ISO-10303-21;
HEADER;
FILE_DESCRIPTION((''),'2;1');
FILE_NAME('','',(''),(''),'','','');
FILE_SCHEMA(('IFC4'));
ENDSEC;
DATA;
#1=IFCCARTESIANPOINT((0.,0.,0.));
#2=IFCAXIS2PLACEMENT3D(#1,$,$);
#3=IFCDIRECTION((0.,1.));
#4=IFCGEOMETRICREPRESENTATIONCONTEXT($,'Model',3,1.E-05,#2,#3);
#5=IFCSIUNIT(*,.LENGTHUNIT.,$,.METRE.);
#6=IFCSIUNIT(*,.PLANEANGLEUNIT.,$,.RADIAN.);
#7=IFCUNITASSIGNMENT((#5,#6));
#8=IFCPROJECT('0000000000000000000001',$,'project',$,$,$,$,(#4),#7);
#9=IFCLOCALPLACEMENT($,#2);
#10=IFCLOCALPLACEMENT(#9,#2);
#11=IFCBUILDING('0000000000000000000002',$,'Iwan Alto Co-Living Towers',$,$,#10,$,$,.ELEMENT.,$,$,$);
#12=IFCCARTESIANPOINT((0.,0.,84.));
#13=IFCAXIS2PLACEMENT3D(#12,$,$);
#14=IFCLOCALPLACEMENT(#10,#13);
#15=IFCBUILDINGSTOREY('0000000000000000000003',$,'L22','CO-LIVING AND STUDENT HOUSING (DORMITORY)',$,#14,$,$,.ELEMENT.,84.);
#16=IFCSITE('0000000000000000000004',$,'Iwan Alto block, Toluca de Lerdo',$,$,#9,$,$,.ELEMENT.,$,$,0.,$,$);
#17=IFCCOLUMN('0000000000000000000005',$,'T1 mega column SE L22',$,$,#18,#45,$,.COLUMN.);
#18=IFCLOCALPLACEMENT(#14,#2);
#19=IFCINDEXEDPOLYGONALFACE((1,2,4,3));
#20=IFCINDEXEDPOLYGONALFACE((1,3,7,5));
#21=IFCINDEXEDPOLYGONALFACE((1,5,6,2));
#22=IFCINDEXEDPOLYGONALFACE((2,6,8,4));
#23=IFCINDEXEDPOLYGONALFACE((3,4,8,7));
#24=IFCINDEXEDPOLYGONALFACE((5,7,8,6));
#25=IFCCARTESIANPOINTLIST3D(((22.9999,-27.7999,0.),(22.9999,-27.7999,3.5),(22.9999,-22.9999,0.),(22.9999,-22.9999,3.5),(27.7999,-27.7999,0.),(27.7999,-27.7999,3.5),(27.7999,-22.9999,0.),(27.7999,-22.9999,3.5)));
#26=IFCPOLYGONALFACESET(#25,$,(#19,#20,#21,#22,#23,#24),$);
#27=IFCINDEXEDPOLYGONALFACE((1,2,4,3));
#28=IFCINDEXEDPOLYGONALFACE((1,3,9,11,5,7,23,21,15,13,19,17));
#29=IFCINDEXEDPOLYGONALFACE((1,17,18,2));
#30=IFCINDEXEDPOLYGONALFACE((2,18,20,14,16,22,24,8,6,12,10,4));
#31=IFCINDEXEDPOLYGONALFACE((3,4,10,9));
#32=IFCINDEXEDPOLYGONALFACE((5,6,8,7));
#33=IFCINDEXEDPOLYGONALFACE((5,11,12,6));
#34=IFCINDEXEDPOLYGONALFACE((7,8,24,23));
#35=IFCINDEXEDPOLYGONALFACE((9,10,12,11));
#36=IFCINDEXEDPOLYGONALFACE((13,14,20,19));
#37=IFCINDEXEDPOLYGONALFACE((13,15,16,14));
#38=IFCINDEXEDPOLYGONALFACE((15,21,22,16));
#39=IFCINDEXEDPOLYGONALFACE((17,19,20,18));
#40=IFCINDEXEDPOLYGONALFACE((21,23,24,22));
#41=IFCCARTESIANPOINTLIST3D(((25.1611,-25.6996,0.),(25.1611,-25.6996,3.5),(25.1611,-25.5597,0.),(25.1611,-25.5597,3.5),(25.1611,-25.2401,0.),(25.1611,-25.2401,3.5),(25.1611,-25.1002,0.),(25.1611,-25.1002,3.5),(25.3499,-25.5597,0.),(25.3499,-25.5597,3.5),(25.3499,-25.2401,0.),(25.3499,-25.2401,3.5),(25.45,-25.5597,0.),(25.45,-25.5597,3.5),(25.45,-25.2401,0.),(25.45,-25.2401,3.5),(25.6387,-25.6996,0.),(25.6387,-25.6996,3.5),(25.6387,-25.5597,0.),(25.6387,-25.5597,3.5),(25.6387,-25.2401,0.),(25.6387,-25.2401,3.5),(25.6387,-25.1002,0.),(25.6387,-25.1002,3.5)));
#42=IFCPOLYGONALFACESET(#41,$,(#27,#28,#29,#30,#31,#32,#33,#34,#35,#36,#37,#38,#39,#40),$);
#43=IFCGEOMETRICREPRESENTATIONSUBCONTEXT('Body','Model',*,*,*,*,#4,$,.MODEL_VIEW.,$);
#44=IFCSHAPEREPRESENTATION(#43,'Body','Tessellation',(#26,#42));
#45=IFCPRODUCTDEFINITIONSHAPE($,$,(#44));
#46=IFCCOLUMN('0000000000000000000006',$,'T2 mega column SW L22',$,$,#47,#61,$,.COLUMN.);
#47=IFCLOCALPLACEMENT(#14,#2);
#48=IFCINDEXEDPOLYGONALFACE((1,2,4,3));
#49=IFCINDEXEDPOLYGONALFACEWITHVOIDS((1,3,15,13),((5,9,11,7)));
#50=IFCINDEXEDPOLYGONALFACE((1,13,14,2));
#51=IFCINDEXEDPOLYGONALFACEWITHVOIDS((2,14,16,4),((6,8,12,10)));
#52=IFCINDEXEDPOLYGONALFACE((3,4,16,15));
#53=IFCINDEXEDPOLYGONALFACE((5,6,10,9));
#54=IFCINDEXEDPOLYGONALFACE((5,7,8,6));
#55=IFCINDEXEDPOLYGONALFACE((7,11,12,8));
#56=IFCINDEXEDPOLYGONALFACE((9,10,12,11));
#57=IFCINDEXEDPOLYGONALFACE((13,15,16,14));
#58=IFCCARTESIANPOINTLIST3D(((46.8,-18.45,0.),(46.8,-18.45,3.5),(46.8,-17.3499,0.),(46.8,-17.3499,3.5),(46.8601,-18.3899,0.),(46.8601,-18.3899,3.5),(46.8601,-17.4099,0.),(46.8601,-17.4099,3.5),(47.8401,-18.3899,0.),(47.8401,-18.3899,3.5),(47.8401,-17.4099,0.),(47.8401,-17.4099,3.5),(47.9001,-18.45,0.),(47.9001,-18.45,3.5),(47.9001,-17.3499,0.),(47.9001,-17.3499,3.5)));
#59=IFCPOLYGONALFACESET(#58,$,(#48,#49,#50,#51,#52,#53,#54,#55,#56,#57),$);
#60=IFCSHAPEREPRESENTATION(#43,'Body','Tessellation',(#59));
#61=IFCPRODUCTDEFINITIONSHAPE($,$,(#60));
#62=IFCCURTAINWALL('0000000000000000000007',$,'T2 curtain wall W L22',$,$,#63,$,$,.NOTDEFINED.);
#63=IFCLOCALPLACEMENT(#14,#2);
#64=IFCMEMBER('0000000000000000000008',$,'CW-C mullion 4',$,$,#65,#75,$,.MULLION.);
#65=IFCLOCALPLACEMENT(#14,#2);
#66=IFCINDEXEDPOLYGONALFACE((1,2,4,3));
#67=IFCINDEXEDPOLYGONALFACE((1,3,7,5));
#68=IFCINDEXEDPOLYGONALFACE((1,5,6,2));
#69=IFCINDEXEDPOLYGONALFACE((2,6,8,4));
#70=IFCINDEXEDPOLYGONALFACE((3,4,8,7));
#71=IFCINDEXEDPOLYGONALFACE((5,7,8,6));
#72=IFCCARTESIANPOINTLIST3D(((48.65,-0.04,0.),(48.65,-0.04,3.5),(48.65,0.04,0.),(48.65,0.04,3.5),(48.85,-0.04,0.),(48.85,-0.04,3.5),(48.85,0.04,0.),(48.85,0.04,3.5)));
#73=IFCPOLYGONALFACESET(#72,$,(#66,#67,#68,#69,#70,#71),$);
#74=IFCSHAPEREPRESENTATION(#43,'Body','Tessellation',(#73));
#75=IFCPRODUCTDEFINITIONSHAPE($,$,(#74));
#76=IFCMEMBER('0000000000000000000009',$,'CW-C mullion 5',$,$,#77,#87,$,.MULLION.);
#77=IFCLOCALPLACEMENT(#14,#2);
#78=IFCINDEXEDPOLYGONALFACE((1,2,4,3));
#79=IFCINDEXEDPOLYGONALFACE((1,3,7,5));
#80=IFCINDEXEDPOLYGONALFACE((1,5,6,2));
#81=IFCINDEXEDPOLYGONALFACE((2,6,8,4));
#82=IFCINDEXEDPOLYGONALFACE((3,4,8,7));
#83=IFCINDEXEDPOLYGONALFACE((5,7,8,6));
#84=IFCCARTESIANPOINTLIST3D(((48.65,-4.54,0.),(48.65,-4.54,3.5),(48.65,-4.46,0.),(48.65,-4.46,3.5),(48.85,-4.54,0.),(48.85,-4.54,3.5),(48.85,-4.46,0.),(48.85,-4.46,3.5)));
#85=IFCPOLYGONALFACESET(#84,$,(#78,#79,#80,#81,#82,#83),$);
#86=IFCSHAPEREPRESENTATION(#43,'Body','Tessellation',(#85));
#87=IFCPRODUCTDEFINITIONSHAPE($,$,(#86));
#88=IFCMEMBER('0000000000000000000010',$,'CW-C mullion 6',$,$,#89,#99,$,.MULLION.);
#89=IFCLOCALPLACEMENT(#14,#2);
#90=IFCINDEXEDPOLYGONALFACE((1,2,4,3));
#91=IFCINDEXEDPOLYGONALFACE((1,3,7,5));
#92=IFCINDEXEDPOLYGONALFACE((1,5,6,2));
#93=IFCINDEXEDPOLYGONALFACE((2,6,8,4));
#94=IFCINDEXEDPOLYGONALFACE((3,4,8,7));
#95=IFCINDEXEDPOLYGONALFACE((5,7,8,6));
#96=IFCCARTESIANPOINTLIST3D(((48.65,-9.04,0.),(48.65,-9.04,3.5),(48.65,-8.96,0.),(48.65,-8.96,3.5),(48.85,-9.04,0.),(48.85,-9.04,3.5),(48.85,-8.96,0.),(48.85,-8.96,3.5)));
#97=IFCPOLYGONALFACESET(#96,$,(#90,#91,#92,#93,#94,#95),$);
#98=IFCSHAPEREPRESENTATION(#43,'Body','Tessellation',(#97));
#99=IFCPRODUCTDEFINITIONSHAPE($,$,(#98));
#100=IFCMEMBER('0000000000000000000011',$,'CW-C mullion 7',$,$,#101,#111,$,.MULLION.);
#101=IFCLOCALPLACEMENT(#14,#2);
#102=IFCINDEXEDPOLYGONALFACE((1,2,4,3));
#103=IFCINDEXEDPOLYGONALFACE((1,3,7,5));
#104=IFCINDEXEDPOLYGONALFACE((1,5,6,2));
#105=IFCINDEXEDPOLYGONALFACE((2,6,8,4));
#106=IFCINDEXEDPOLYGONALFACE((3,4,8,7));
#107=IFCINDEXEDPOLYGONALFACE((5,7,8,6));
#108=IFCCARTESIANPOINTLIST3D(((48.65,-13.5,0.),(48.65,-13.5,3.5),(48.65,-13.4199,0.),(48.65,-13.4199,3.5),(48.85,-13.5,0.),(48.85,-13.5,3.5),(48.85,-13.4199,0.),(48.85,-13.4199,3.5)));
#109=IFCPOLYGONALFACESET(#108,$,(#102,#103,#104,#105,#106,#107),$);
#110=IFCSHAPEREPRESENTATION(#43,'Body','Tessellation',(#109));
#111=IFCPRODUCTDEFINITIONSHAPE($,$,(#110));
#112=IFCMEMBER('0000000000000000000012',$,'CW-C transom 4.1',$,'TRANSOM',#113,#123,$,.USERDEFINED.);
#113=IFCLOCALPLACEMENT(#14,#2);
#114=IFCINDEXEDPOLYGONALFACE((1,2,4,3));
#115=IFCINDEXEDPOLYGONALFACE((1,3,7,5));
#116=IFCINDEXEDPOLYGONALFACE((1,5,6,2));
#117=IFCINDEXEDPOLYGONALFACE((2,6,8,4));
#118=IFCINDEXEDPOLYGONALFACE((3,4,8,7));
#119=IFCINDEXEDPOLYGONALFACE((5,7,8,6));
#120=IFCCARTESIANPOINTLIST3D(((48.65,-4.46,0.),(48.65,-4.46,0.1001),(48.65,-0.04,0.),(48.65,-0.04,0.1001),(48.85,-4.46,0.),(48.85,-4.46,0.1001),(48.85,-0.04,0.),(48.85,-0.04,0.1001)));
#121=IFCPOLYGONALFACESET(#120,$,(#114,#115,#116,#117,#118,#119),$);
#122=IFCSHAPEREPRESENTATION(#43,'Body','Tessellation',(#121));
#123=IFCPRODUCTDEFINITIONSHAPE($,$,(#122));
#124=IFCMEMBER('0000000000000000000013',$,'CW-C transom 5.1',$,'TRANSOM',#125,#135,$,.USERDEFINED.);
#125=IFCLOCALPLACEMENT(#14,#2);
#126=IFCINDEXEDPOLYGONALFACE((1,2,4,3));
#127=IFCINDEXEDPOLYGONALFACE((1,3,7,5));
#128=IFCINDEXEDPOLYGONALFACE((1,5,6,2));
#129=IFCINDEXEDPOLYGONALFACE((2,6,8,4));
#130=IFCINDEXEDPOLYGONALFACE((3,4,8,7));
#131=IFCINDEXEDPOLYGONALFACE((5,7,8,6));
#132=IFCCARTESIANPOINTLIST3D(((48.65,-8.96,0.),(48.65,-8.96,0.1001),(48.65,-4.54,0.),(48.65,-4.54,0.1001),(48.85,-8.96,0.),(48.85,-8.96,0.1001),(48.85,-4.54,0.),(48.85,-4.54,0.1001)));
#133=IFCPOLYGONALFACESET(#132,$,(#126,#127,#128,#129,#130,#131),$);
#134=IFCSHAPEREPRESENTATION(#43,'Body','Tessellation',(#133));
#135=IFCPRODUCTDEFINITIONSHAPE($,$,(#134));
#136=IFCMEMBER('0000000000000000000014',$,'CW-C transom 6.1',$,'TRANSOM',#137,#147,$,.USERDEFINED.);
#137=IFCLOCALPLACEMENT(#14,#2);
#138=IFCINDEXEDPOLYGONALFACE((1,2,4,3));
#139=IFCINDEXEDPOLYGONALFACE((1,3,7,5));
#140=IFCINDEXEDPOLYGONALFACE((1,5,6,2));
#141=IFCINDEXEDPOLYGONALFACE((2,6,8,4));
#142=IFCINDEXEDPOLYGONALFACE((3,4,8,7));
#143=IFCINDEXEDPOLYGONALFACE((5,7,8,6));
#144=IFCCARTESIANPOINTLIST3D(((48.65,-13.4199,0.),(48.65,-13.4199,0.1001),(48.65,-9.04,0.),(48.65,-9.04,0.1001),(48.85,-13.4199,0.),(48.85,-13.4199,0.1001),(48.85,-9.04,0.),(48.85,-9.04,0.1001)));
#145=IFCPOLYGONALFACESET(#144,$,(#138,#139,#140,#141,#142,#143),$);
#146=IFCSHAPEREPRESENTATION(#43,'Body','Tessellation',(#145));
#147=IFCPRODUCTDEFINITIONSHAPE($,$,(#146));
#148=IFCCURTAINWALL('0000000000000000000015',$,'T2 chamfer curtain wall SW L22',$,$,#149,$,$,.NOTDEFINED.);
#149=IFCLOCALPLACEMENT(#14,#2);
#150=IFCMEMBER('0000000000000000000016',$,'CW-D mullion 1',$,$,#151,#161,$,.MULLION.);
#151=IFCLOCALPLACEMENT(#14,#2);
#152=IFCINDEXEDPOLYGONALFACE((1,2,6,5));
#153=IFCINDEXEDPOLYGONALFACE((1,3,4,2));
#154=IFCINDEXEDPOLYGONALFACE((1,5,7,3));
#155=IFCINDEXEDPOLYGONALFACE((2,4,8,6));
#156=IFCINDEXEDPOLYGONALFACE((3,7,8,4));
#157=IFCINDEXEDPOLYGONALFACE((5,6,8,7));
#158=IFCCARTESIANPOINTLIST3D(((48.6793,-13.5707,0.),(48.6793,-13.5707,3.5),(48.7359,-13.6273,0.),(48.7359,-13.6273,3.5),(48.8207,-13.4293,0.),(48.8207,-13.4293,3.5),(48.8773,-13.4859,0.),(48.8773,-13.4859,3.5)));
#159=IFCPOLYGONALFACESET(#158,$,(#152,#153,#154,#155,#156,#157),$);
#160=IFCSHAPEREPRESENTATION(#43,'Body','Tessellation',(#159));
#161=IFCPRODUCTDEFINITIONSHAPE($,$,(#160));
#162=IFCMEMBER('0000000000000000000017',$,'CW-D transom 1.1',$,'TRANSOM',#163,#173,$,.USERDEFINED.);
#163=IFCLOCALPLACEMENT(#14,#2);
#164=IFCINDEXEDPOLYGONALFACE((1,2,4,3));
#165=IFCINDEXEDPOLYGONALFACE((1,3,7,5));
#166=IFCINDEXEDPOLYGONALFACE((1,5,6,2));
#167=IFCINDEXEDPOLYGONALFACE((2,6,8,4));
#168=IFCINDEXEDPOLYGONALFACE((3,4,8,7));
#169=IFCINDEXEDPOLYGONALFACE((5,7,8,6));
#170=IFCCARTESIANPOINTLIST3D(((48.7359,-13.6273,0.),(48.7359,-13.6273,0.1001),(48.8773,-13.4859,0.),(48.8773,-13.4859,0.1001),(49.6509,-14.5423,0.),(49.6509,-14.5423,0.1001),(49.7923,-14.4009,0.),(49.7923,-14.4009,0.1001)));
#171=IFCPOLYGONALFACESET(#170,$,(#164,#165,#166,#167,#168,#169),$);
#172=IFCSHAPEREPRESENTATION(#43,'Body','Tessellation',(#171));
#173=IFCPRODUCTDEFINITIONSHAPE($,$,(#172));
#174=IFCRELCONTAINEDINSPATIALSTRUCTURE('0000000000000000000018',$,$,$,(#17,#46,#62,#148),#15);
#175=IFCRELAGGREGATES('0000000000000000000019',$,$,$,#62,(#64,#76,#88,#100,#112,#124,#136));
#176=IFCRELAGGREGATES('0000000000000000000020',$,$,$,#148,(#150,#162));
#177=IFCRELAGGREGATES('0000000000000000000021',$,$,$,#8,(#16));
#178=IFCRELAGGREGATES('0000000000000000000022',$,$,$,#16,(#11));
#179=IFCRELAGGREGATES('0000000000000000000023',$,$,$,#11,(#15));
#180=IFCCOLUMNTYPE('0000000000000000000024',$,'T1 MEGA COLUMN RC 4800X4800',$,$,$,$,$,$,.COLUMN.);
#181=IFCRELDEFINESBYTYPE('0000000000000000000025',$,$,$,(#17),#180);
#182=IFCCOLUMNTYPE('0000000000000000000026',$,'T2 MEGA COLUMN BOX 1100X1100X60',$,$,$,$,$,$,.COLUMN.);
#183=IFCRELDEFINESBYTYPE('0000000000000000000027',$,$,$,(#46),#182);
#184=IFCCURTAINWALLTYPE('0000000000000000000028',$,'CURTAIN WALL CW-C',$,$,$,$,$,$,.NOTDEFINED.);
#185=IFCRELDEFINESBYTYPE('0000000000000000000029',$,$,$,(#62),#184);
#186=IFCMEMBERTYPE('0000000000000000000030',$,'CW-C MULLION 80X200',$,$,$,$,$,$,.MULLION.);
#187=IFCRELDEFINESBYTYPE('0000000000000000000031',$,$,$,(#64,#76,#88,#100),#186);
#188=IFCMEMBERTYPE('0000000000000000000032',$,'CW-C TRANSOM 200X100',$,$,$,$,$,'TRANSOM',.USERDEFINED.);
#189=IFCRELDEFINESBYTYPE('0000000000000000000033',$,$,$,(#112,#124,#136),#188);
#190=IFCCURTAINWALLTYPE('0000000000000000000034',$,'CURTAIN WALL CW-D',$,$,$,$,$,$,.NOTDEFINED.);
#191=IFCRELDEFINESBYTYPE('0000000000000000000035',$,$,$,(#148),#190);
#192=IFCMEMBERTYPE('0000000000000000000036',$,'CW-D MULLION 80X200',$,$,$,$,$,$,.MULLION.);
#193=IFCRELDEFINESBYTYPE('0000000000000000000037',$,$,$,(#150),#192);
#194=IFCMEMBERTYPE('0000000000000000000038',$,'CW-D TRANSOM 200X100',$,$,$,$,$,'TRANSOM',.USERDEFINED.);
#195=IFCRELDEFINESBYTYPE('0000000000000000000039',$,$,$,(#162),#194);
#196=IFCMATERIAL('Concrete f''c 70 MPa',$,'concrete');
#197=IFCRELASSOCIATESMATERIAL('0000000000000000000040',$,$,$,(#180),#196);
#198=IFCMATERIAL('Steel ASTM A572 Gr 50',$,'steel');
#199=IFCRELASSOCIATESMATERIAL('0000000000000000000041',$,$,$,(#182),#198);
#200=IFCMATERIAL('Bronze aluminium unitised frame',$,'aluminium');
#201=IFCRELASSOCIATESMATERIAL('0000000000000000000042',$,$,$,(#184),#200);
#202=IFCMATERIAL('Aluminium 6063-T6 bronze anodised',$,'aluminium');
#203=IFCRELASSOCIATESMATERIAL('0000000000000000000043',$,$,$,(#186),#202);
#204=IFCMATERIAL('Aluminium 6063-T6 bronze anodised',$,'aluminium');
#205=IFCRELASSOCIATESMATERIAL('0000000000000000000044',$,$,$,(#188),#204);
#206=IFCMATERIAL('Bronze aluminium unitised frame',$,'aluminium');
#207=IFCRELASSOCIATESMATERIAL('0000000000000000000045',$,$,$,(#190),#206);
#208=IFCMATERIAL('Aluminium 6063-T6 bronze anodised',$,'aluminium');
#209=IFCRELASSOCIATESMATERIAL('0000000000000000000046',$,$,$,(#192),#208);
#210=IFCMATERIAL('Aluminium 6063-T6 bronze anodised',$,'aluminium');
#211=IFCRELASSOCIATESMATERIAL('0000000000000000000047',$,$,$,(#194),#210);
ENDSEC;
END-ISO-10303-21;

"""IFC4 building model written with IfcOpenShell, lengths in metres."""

from ifc_helpers import new_model, si_unit, direction, frame, origin, origin_2d, place, context, subcontext, project, spatial, rectangle, hollow_rectangle, i_section, extrude, material, material_profile, profile_set, type_object, element, aggregate, save


model = new_model("IFC4")

# Units and contexts
model_context = context("Model", 3, precision=1e-05, world=origin(), true_north=direction((0.0, 1.0)))
body_context = subcontext(model_context, "Body", "Model", "MODEL_VIEW")
ifc_project = project(units=[si_unit("LENGTHUNIT", "METRE"), si_unit("PLANEANGLEUNIT", "RADIAN")], contexts=[model_context])

# Site, building, storey
site_placement = place(None, origin())
site = spatial("IfcSite", under=ifc_project, at=site_placement, Name="Iwan Alto block, Toluca de Lerdo", CompositionType="ELEMENT", RefElevation=0.0)
building_placement = place(site_placement, origin())
building = spatial("IfcBuilding", under=site, at=building_placement, Name="Iwan Alto Co-Living Towers", CompositionType="ELEMENT")
storey_placement = place(building_placement, frame((0.0, 0.0, 84.0)))
storey = spatial("IfcBuildingStorey", under=building, at=storey_placement, Name="L22", Description="CO-LIVING AND STUDENT HOUSING (DORMITORY)", CompositionType="ELEMENT", Elevation=84.0)

# Columns
ifc_material_1 = material(Name="Concrete f'c 70 MPa", Category="concrete")
ifc_material_profile_1 = material_profile(ifc_material_1, rectangle(XDim=4.8, YDim=4.8, at=origin_2d()), Name="RC 4800X4800")
ifc_profile_set_1 = profile_set([ifc_material_profile_1], Name="Concrete f'c 70 MPa")
column_type_1 = type_object("IfcColumnType", Name="T1 MEGA COLUMN RC 4800X4800", PredefinedType="COLUMN", material=ifc_profile_set_1)
column_1_placement = place(storey_placement, frame((25.3999, -25.3999, 0.0), z_axis=(0.0, 0.0, 1.0), x_axis=(1.0, 0.0, 0.0)))
element("IfcColumn", 1, at=column_1_placement, inside=storey, type_object=column_type_1, Name="T1 mega column SE L22", PredefinedType="COLUMN", context=body_context, shape_type="SweptSolid", body=[
    extrude(rectangle(XDim=4.8, YDim=4.8, at=origin_2d()), origin(), (0.0, 0.0, 1.0), 3.5),
    extrude(i_section(OverallWidth=0.4775, OverallDepth=0.5994, WebThickness=0.1001, FlangeThickness=0.1399, at=origin_2d()), origin(), (0.0, 0.0, 1.0), 3.5),
])
ifc_material_2 = material(Name="Steel ASTM A572 Gr 50", Category="steel")
ifc_material_profile_2 = material_profile(ifc_material_2, hollow_rectangle(XDim=1.1001, YDim=1.1001, WallThickness=0.0601, at=origin_2d()), Name="BOX 1100X1100X60")
ifc_profile_set_2 = profile_set([ifc_material_profile_2], Name="Steel ASTM A572 Gr 50")
column_type_2 = type_object("IfcColumnType", Name="T2 MEGA COLUMN BOX 1100X1100X60", PredefinedType="COLUMN", material=ifc_profile_set_2)
column_2_placement = place(storey_placement, frame((47.3501, -17.8999, 0.0), z_axis=(0.0, 0.0, 1.0), x_axis=(1.0, 0.0, 0.0)))
element("IfcColumn", 2, at=column_2_placement, inside=storey, type_object=column_type_2, Name="T2 mega column SW L22", PredefinedType="COLUMN", context=body_context, shape_type="SweptSolid", body=[
    extrude(hollow_rectangle(XDim=1.1001, YDim=1.1001, WallThickness=0.0601, at=origin_2d()), origin(), (0.0, 0.0, 1.0), 3.5),
])

# Curtain walls, members
ifc_material_3 = material(Name="Bronze aluminium unitised frame", Category="aluminium")
curtain_wall_type_1 = type_object("IfcCurtainWallType", Name="CURTAIN WALL CW-C", PredefinedType="NOTDEFINED", material=ifc_material_3)
curtain_wall_1_placement = place(storey_placement, origin())
curtain_wall_1 = element("IfcCurtainWall", 3, at=curtain_wall_1_placement, inside=storey, type_object=curtain_wall_type_1, Name="T2 curtain wall W L22", PredefinedType="NOTDEFINED")
ifc_material_4 = material(Name="Aluminium 6063-T6 bronze anodised", Category="aluminium")
ifc_material_profile_3 = material_profile(ifc_material_4, rectangle(XDim=0.2, YDim=0.0801, at=origin_2d()), Name="AL 80X200")
ifc_profile_set_3 = profile_set([ifc_material_profile_3], Name="Aluminium 6063-T6 bronze anodised")
member_type_1 = type_object("IfcMemberType", Name="CW-C MULLION 80X200", PredefinedType="MULLION", material=ifc_profile_set_3)
member_1_placement = place(storey_placement, frame((48.75, 0.0, 0.0), z_axis=(0.0, 0.0, 1.0), x_axis=(1.0, 0.0, 0.0)))
member_1 = element("IfcMember", 4, at=member_1_placement, type_object=member_type_1, Name="CW-C mullion 4", PredefinedType="MULLION", context=body_context, shape_type="SweptSolid", body=[
    extrude(rectangle(XDim=0.2, YDim=0.0801, at=origin_2d()), origin(), (0.0, 0.0, 1.0), 3.5),
])
member_2_placement = place(storey_placement, frame((48.75, -4.5, 0.0), z_axis=(0.0, 0.0, 1.0), x_axis=(1.0, 0.0, 0.0)))
member_2 = element("IfcMember", 5, at=member_2_placement, type_object=member_type_1, Name="CW-C mullion 5", PredefinedType="MULLION", context=body_context, shape_type="SweptSolid", body=[
    extrude(rectangle(XDim=0.2, YDim=0.0801, at=origin_2d()), origin(), (0.0, 0.0, 1.0), 3.5),
])
member_3_placement = place(storey_placement, frame((48.75, -9.0, 0.0), z_axis=(0.0, 0.0, 1.0), x_axis=(1.0, 0.0, 0.0)))
member_3 = element("IfcMember", 6, at=member_3_placement, type_object=member_type_1, Name="CW-C mullion 6", PredefinedType="MULLION", context=body_context, shape_type="SweptSolid", body=[
    extrude(rectangle(XDim=0.2, YDim=0.0801, at=origin_2d()), origin(), (0.0, 0.0, 1.0), 3.5),
])
member_4_placement = place(storey_placement, frame((48.75, -13.46, 0.0), z_axis=(0.0, 0.0, 1.0), x_axis=(1.0, 0.0, 0.0)))
member_4 = element("IfcMember", 7, at=member_4_placement, type_object=member_type_1, Name="CW-C mullion 7", PredefinedType="MULLION", context=body_context, shape_type="SweptSolid", body=[
    extrude(rectangle(XDim=0.2, YDim=0.0801, at=origin_2d()), origin(), (0.0, 0.0, 1.0), 3.5),
])
ifc_material_5 = material(Name="Aluminium 6063-T6 bronze anodised", Category="aluminium")
ifc_material_profile_4 = material_profile(ifc_material_5, rectangle(XDim=0.2, YDim=0.1001, at=origin_2d()), Name="AL 200X100")
ifc_profile_set_4 = profile_set([ifc_material_profile_4], Name="Aluminium 6063-T6 bronze anodised")
member_type_2 = type_object("IfcMemberType", Name="CW-C TRANSOM 200X100", ElementType="TRANSOM", PredefinedType="USERDEFINED", material=ifc_profile_set_4)
member_5_placement = place(storey_placement, frame((48.75, -0.04, 0.05), z_axis=(0.0, -1.0, 0.0), x_axis=(1.0, 0.0, 0.0)))
member_5 = element("IfcMember", 8, at=member_5_placement, type_object=member_type_2, Name="CW-C transom 4.1", ObjectType="TRANSOM", PredefinedType="USERDEFINED", context=body_context, shape_type="SweptSolid", body=[
    extrude(rectangle(XDim=0.2, YDim=0.1001, at=origin_2d()), origin(), (0.0, 0.0, 1.0), 4.4199),
])
member_6_placement = place(storey_placement, frame((48.75, -4.54, 0.05), z_axis=(0.0, -1.0, 0.0), x_axis=(1.0, 0.0, 0.0)))
member_6 = element("IfcMember", 9, at=member_6_placement, type_object=member_type_2, Name="CW-C transom 5.1", ObjectType="TRANSOM", PredefinedType="USERDEFINED", context=body_context, shape_type="SweptSolid", body=[
    extrude(rectangle(XDim=0.2, YDim=0.1001, at=origin_2d()), origin(), (0.0, 0.0, 1.0), 4.4199),
])
member_7_placement = place(storey_placement, frame((48.75, -9.04, 0.05), z_axis=(0.0, -1.0, 0.0), x_axis=(1.0, 0.0, 0.0)))
member_7 = element("IfcMember", 10, at=member_7_placement, type_object=member_type_2, Name="CW-C transom 6.1", ObjectType="TRANSOM", PredefinedType="USERDEFINED", context=body_context, shape_type="SweptSolid", body=[
    extrude(rectangle(XDim=0.2, YDim=0.1001, at=origin_2d()), origin(), (0.0, 0.0, 1.0), 4.3799),
])
ifc_material_6 = material(Name="Bronze aluminium unitised frame", Category="aluminium")
curtain_wall_type_2 = type_object("IfcCurtainWallType", Name="CURTAIN WALL CW-D", PredefinedType="NOTDEFINED", material=ifc_material_6)
curtain_wall_2_placement = place(storey_placement, origin())
curtain_wall_2 = element("IfcCurtainWall", 11, at=curtain_wall_2_placement, inside=storey, type_object=curtain_wall_type_2, Name="T2 chamfer curtain wall SW L22", PredefinedType="NOTDEFINED")
ifc_material_7 = material(Name="Aluminium 6063-T6 bronze anodised", Category="aluminium")
ifc_material_profile_5 = material_profile(ifc_material_7, rectangle(XDim=0.2, YDim=0.0801, at=origin_2d()), Name="AL 80X200")
ifc_profile_set_5 = profile_set([ifc_material_profile_5], Name="Aluminium 6063-T6 bronze anodised")
member_type_3 = type_object("IfcMemberType", Name="CW-D MULLION 80X200", PredefinedType="MULLION", material=ifc_profile_set_5)
member_8_placement = place(storey_placement, frame((48.7783, -13.5283, 0.0), z_axis=(0.0, 0.0, 1.0), x_axis=(0.707107, 0.707107, 0.0)))
member_8 = element("IfcMember", 12, at=member_8_placement, type_object=member_type_3, Name="CW-D mullion 1", PredefinedType="MULLION", context=body_context, shape_type="SweptSolid", body=[
    extrude(rectangle(XDim=0.2, YDim=0.0801, at=origin_2d()), origin(), (0.0, 0.0, 1.0), 3.5),
])
ifc_material_8 = material(Name="Aluminium 6063-T6 bronze anodised", Category="aluminium")
ifc_material_profile_6 = material_profile(ifc_material_8, rectangle(XDim=0.2, YDim=0.1001, at=origin_2d()), Name="AL 200X100")
ifc_profile_set_6 = profile_set([ifc_material_profile_6], Name="Aluminium 6063-T6 bronze anodised")
member_type_4 = type_object("IfcMemberType", Name="CW-D TRANSOM 200X100", ElementType="TRANSOM", PredefinedType="USERDEFINED", material=ifc_profile_set_6)
member_9_placement = place(storey_placement, frame((48.8066, -13.5566, 0.05), z_axis=(0.707107, -0.707107, 0.0), x_axis=(0.707107, 0.707107, 0.0)))
member_9 = element("IfcMember", 13, at=member_9_placement, type_object=member_type_4, Name="CW-D transom 1.1", ObjectType="TRANSOM", PredefinedType="USERDEFINED", context=body_context, shape_type="SweptSolid", body=[
    extrude(rectangle(XDim=0.2, YDim=0.1001, at=origin_2d()), origin(), (0.0, 0.0, 1.0), 1.2939),
])

aggregate(curtain_wall_1, [member_1, member_2, member_3, member_4, member_5, member_6, member_7])
aggregate(curtain_wall_2, [member_8, member_9])

save(model, "model.ifc")
